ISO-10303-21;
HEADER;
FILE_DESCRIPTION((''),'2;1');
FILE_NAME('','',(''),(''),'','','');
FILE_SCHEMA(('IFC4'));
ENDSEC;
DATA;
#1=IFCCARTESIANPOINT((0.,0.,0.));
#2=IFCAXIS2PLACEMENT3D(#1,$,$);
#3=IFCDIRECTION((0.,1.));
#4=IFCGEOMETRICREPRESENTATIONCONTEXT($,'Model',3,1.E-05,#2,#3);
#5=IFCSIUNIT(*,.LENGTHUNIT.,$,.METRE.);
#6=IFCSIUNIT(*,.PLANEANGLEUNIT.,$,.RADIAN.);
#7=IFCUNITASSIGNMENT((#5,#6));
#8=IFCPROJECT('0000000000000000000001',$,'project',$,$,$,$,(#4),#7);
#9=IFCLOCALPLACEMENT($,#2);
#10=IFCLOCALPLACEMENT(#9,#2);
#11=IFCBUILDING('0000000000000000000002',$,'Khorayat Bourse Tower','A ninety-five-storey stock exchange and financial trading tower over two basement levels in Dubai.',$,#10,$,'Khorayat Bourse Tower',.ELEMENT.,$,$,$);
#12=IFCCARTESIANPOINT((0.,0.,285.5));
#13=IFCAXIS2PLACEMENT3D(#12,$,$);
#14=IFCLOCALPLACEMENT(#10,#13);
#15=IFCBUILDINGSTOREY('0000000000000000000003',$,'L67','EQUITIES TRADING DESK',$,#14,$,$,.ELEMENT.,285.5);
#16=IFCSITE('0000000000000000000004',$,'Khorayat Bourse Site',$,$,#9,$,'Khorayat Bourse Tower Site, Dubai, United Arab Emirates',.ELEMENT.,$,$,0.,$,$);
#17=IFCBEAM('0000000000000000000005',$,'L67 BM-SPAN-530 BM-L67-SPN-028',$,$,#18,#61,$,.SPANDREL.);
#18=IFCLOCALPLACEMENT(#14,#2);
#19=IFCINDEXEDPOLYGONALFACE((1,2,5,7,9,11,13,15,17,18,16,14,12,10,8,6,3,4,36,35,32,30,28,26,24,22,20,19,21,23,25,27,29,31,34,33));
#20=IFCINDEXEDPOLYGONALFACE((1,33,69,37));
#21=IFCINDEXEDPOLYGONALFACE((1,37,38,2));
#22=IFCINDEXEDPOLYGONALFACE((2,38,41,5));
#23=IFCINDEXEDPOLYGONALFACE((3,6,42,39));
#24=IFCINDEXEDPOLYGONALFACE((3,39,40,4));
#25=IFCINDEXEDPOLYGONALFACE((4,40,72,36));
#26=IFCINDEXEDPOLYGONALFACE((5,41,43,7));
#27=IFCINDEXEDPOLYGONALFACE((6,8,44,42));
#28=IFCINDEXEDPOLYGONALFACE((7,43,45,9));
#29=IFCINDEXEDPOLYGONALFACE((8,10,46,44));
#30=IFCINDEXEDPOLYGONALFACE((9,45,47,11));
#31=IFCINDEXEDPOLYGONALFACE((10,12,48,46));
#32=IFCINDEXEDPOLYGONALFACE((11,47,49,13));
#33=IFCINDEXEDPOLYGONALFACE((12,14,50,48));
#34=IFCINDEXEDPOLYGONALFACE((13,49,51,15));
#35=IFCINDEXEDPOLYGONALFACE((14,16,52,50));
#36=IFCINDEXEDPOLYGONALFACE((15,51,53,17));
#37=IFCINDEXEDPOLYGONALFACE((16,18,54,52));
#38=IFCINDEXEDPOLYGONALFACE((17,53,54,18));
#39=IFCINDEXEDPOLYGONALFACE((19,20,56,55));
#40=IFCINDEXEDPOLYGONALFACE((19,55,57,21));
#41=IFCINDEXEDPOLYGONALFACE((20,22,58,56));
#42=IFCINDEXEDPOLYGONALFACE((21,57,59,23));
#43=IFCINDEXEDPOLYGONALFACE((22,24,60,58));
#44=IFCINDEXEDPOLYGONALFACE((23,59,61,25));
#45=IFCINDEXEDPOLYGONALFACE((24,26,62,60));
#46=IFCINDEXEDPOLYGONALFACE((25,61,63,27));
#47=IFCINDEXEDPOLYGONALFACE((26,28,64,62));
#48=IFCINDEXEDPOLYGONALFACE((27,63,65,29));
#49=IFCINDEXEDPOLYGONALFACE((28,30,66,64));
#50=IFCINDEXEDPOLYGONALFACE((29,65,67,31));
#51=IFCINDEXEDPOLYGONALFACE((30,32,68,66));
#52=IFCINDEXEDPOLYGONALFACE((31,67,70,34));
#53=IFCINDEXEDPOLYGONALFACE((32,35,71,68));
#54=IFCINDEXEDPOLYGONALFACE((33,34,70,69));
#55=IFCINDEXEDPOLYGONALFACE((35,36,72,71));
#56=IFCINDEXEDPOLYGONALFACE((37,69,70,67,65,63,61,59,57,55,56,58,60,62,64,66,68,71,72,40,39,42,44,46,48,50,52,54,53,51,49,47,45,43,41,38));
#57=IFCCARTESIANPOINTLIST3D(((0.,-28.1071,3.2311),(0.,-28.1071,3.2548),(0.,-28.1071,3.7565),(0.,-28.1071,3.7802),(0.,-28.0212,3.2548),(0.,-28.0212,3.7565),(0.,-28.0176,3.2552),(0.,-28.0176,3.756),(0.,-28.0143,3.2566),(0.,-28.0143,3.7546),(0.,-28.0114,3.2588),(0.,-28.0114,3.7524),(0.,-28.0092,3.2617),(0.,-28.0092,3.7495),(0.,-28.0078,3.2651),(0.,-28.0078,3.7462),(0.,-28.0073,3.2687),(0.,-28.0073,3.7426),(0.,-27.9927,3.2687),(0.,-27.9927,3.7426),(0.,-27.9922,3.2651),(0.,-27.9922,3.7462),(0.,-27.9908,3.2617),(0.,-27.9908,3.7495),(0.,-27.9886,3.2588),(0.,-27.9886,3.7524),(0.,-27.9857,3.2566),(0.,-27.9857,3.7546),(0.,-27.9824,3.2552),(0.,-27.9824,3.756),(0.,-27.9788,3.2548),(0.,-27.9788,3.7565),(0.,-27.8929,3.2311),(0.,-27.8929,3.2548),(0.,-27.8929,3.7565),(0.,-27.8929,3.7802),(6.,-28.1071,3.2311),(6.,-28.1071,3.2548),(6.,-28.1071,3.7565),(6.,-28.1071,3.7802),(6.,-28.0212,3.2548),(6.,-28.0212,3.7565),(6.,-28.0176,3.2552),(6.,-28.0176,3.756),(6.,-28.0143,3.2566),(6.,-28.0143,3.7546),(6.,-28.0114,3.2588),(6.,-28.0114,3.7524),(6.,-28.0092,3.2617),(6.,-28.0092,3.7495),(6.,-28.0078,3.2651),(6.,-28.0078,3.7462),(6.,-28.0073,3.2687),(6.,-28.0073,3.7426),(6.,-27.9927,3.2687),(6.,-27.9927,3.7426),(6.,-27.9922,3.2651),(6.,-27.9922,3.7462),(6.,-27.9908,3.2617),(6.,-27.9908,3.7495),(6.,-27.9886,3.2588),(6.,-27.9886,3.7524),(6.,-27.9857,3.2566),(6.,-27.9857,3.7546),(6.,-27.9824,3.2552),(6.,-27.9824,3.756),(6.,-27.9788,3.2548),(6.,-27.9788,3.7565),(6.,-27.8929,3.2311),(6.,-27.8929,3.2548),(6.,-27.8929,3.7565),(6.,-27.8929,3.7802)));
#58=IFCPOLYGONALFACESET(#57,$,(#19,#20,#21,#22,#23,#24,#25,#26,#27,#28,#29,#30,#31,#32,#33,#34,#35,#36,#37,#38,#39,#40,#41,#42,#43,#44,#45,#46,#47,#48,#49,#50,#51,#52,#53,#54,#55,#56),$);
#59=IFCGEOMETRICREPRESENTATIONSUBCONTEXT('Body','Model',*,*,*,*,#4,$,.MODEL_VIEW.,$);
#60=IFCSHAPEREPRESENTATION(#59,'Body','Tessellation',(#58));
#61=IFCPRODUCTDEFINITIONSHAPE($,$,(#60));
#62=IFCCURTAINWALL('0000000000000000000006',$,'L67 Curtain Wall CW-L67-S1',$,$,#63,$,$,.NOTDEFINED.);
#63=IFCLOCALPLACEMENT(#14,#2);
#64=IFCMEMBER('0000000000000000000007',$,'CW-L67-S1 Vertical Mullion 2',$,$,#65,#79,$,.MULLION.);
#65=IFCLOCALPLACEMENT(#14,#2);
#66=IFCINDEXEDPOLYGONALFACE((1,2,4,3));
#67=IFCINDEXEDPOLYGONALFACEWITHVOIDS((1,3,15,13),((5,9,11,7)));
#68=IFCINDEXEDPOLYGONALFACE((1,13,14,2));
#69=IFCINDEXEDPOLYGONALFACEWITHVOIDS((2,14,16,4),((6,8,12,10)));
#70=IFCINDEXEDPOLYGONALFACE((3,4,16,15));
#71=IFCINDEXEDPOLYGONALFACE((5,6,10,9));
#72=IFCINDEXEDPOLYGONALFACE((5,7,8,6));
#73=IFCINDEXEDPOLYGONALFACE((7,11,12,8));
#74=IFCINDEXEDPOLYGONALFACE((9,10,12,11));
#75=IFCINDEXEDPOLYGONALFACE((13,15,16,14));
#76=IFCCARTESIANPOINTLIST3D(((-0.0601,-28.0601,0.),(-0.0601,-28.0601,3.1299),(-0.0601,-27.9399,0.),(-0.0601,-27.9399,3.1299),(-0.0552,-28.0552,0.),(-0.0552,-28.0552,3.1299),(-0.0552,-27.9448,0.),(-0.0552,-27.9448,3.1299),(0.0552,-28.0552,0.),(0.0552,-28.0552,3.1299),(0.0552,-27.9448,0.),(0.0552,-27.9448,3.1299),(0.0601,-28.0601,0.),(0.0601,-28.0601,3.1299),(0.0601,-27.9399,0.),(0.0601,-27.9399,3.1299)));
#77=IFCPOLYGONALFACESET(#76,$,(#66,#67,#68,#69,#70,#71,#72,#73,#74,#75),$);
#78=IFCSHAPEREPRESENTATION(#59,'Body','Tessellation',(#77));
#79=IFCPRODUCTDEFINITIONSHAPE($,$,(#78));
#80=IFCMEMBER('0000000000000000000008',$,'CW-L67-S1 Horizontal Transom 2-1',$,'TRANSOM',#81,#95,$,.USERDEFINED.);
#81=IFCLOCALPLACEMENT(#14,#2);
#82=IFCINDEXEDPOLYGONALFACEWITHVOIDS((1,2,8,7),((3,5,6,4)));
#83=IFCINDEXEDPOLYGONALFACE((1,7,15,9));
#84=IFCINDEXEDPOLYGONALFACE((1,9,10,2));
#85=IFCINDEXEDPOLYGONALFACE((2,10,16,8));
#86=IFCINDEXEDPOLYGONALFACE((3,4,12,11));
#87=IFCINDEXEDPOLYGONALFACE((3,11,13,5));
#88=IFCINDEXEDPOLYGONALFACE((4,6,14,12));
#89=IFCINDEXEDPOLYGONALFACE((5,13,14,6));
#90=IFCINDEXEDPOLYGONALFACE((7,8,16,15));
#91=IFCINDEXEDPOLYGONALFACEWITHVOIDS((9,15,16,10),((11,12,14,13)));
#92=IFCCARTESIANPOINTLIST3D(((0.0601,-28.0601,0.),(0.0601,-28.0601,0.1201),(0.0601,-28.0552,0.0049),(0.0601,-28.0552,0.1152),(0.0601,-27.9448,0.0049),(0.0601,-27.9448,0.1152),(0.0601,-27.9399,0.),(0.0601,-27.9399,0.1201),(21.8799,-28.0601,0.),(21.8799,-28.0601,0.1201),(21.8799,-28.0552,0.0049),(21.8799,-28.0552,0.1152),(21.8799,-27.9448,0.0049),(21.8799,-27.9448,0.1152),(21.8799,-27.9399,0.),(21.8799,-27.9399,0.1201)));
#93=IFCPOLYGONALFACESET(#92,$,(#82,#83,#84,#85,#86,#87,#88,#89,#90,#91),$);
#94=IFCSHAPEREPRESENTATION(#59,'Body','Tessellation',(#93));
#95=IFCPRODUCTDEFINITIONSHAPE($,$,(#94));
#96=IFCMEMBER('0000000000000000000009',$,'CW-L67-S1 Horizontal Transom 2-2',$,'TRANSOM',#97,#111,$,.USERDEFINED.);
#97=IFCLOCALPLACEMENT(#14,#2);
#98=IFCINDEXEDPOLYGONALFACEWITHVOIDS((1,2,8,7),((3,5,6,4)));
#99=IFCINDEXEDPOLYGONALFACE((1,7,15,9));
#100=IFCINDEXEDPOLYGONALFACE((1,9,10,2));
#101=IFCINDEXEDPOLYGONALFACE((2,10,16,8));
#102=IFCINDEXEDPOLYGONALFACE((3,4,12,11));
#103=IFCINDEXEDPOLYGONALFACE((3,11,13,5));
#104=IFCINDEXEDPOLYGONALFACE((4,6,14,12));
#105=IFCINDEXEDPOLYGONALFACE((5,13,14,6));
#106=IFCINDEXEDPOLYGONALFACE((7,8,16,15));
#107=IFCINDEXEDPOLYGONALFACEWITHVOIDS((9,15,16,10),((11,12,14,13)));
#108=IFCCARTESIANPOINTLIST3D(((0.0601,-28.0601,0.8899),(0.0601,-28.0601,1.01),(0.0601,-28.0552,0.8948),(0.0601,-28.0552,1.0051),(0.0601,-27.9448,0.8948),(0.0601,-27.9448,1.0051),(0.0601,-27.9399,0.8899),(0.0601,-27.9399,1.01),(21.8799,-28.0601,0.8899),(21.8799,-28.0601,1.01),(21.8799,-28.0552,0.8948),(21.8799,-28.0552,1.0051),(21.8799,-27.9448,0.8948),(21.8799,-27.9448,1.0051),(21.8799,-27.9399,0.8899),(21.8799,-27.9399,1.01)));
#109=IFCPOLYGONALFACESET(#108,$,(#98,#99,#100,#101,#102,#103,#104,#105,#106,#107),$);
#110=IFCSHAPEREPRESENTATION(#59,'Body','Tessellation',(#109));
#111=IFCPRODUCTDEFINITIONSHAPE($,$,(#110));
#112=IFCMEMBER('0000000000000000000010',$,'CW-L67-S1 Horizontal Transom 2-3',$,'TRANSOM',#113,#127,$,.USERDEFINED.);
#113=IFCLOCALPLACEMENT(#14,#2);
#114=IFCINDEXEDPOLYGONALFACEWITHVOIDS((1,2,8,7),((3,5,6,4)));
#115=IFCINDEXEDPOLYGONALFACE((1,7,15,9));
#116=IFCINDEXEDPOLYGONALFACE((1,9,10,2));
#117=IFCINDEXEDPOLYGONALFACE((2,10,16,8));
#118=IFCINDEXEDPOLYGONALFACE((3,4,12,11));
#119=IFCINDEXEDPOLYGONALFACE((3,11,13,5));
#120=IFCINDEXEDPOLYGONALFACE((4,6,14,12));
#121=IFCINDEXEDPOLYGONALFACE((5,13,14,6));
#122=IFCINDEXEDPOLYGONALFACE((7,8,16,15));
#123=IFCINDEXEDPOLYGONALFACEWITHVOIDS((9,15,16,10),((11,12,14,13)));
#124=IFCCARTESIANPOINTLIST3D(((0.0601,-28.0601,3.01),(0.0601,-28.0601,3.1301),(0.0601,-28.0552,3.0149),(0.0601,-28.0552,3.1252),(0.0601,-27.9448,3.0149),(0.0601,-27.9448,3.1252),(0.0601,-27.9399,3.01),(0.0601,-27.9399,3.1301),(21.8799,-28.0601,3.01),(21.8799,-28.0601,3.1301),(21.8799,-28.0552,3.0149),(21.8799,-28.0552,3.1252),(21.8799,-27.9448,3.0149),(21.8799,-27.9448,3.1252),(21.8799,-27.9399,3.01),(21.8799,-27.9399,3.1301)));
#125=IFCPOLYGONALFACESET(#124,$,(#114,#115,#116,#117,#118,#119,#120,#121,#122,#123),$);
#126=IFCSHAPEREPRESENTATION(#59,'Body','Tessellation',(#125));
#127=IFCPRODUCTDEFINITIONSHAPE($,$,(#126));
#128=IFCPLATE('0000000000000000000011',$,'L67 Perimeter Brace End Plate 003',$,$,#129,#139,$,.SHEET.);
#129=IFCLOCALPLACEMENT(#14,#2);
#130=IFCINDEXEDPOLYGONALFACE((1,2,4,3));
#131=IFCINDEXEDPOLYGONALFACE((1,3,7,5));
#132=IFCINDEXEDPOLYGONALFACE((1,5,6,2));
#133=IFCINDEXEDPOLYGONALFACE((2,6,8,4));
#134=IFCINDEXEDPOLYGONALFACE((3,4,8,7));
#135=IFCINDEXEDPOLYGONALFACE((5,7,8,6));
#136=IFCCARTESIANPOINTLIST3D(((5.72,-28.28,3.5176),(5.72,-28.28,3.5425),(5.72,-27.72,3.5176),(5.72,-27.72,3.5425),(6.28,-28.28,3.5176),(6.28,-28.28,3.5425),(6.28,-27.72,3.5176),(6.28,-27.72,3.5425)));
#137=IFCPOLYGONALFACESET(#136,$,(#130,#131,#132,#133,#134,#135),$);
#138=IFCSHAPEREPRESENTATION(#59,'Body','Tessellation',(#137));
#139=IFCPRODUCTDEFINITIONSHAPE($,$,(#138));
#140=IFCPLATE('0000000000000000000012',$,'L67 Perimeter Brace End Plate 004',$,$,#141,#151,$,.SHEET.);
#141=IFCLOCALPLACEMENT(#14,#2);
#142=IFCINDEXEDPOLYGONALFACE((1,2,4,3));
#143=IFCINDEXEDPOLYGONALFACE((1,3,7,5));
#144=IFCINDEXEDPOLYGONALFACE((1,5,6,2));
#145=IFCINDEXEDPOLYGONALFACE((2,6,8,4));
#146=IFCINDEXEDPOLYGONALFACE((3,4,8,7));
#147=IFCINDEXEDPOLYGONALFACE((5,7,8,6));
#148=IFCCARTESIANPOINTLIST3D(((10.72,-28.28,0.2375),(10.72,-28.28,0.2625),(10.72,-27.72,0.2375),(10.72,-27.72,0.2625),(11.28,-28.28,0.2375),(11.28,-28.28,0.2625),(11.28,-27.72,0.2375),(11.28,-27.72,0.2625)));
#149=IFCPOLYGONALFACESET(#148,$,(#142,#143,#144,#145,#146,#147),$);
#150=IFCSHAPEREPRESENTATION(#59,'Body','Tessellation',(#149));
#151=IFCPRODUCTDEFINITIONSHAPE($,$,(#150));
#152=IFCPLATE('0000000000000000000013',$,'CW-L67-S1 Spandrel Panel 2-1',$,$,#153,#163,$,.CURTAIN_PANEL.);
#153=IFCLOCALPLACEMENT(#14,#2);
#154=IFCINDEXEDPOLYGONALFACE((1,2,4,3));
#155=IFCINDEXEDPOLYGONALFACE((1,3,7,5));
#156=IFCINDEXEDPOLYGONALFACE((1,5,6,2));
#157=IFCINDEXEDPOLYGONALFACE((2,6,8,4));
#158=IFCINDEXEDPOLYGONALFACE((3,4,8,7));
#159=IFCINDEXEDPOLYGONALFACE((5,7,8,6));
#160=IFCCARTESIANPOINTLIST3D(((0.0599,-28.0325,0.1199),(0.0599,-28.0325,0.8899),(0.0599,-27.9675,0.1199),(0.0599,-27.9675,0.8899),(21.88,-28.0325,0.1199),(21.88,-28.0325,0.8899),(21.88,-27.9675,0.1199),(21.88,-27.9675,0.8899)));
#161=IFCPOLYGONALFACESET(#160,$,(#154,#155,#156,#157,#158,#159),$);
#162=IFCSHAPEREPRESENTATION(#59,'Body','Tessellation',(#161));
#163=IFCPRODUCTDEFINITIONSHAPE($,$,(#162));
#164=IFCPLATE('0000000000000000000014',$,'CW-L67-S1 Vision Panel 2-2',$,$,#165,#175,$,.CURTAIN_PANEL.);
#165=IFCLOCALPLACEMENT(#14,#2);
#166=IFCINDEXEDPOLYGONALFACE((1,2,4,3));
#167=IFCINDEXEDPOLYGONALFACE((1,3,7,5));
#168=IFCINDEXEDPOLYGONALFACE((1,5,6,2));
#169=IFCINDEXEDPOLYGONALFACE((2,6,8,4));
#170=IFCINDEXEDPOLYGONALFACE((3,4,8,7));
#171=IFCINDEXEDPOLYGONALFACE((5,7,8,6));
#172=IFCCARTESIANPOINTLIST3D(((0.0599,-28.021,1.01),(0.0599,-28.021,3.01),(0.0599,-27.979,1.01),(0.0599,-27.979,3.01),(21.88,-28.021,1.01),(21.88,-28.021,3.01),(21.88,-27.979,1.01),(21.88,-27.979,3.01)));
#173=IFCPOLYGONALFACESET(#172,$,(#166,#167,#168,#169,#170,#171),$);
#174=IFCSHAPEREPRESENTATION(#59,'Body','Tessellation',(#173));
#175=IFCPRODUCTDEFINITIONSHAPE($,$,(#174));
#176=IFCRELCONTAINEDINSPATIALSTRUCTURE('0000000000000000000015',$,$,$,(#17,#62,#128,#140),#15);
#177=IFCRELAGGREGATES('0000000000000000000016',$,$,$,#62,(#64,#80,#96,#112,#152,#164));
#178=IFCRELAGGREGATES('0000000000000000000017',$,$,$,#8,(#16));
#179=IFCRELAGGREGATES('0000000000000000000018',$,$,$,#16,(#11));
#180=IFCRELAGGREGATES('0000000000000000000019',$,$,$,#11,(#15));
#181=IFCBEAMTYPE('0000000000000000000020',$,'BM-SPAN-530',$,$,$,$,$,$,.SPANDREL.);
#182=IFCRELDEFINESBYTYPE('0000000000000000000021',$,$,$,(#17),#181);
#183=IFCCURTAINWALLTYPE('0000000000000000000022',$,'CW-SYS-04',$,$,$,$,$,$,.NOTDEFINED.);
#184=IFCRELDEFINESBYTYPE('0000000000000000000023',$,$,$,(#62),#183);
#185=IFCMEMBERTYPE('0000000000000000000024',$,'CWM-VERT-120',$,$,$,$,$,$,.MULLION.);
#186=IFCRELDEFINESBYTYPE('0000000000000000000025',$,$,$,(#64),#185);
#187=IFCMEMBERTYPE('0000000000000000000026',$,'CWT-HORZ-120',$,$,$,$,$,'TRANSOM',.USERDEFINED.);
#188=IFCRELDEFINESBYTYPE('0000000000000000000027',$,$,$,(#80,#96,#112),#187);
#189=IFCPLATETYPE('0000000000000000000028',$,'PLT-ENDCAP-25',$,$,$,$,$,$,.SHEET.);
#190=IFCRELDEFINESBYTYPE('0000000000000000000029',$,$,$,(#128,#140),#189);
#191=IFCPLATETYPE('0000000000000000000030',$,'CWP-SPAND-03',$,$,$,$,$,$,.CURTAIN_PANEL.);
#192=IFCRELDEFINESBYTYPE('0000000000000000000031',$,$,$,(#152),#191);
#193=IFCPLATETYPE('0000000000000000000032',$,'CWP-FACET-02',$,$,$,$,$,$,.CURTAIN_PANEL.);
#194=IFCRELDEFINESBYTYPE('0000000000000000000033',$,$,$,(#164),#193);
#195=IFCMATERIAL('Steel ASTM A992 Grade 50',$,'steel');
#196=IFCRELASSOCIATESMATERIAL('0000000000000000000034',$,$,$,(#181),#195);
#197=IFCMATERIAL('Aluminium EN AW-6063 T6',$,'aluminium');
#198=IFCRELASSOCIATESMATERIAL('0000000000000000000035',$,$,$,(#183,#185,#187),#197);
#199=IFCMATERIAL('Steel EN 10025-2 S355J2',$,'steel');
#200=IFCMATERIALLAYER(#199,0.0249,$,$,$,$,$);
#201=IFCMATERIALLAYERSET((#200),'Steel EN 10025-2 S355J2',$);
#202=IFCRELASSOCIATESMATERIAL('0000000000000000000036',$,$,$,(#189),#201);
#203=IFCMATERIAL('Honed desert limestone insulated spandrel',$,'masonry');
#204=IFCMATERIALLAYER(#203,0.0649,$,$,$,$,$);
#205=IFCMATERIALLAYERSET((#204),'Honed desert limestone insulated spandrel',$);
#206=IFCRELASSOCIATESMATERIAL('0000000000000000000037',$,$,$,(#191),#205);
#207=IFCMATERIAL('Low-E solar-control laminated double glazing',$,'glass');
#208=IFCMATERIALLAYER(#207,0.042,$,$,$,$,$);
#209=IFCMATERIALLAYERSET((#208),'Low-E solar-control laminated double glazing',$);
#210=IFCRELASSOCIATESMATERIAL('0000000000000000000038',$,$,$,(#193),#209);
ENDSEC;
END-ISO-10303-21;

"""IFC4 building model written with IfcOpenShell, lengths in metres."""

from ifc_helpers import new_model, si_unit, direction, frame, origin, origin_2d, place, context, subcontext, project, spatial, rectangle, hollow_rectangle, i_section, extrude, source, transform, mapped, material, layer, layer_set, material_profile, profile_set, type_object, element, aggregate, save


model = new_model("IFC4")

# Units and contexts
model_context = context("Model", 3, precision=1e-05, world=origin(), true_north=direction((0.0, 1.0)))
body_context = subcontext(model_context, "Body", "Model", "MODEL_VIEW")
ifc_project = project(units=[si_unit("LENGTHUNIT", "METRE"), si_unit("PLANEANGLEUNIT", "RADIAN")], contexts=[model_context])

# Site, building, storey
site_placement = place(None, origin())
site = spatial("IfcSite", under=ifc_project, at=site_placement, Name="Khorayat Bourse Site", LongName="Khorayat Bourse Tower Site, Dubai, United Arab Emirates", CompositionType="ELEMENT", RefElevation=0.0)
building_placement = place(site_placement, origin())
building = spatial("IfcBuilding", under=site, at=building_placement, Name="Khorayat Bourse Tower", Description="A ninety-five-storey stock exchange and financial trading tower over two basement levels in Dubai.", LongName="Khorayat Bourse Tower", CompositionType="ELEMENT")
storey_placement = place(building_placement, frame((0.0, 0.0, 285.5)))
storey = spatial("IfcBuildingStorey", under=building, at=storey_placement, Name="L67", Description="EQUITIES TRADING DESK", CompositionType="ELEMENT", Elevation=285.5)

# Shared definitions
ifc_material_1 = material(Name="Steel ASTM A992 Grade 50", Category="steel")

# Beam
ifc_material_profile_1 = material_profile(ifc_material_1, i_section(OverallWidth=0.2141, OverallDepth=0.5491, WebThickness=0.0146, FlangeThickness=0.0237, FilletRadius=0.0139, at=origin_2d()), Name="W530X138")
ifc_profile_set_1 = profile_set([ifc_material_profile_1], Name="Steel ASTM A992 Grade 50")
beam_type_1 = type_object("IfcBeamType", Name="BM-SPAN-530", PredefinedType="SPANDREL", material=ifc_profile_set_1)
shared_shape_1 = source(origin(), body_context, "Body", "SweptSolid", [
    extrude(i_section(OverallWidth=0.2141, OverallDepth=0.5491, WebThickness=0.0146, FlangeThickness=0.0237, FilletRadius=0.0139, at=origin_2d()), origin(), (0.0, 0.0, 1.0), 6.0),
])
beam_1_placement = place(storey_placement, frame((0.0, -28.0, 3.5056), z_axis=(1.0, 0.0, 0.0), x_axis=(0.0, 1.0, 0.0)))
element("IfcBeam", 1, at=beam_1_placement, inside=storey, type_object=beam_type_1, Name="L67 BM-SPAN-530 BM-L67-SPN-028", PredefinedType="SPANDREL", context=body_context, shape_type="MappedRepresentation", body=[
    mapped(shared_shape_1, transform((0.0, 0.0, 0.0), scale=1.0)),
])

# Curtain wall, members
ifc_material_2 = material(Name="Aluminium EN AW-6063 T6", Category="aluminium")
curtain_wall_type = type_object("IfcCurtainWallType", Name="CW-SYS-04", PredefinedType="NOTDEFINED", material=ifc_material_2)
curtain_wall_placement = place(storey_placement, origin())
curtain_wall = element("IfcCurtainWall", 2, at=curtain_wall_placement, inside=storey, type_object=curtain_wall_type, Name="L67 Curtain Wall CW-L67-S1", PredefinedType="NOTDEFINED")
ifc_material_profile_2 = material_profile(ifc_material_2, hollow_rectangle(XDim=0.1201, YDim=0.1201, WallThickness=0.0049, at=origin_2d()), Name="ALU 120x120x5")
ifc_profile_set_2 = profile_set([ifc_material_profile_2], Name="Aluminium EN AW-6063 T6")
member_type_1 = type_object("IfcMemberType", Name="CWM-VERT-120", PredefinedType="MULLION", material=ifc_profile_set_2)
shared_shape_2 = source(origin(), body_context, "Body", "SweptSolid", [
    extrude(hollow_rectangle(XDim=0.1201, YDim=0.1201, WallThickness=0.0049, at=origin_2d()), origin(), (0.0, 0.0, 1.0), 3.1299),
])
member_1_placement = place(storey_placement, frame((0.0, -28.0, 0.0), z_axis=(0.0, 0.0, 1.0), x_axis=(0.0, 1.0, 0.0)))
member_1 = element("IfcMember", 3, at=member_1_placement, type_object=member_type_1, Name="CW-L67-S1 Vertical Mullion 2", PredefinedType="MULLION", context=body_context, shape_type="MappedRepresentation", body=[
    mapped(shared_shape_2, transform((0.0, 0.0, 0.0), scale=1.0)),
])
ifc_material_profile_3 = material_profile(ifc_material_2, hollow_rectangle(XDim=0.1201, YDim=0.1201, WallThickness=0.0049, at=origin_2d()), Name="ALU 120x120x5")
ifc_profile_set_3 = profile_set([ifc_material_profile_3], Name="Aluminium EN AW-6063 T6")
member_type_2 = type_object("IfcMemberType", Name="CWT-HORZ-120", ElementType="TRANSOM", PredefinedType="USERDEFINED", material=ifc_profile_set_3)
shared_shape_3 = source(origin(), body_context, "Body", "SweptSolid", [
    extrude(hollow_rectangle(XDim=0.1201, YDim=0.1201, WallThickness=0.0049, at=origin_2d()), origin(), (0.0, 0.0, 1.0), 21.8198),
])
member_2_placement = place(storey_placement, frame((0.0601, -28.0, 0.0601), z_axis=(1.0, 0.0, 0.0), x_axis=(0.0, 1.0, 0.0)))
member_2 = element("IfcMember", 4, at=member_2_placement, type_object=member_type_2, Name="CW-L67-S1 Horizontal Transom 2-1", ObjectType="TRANSOM", PredefinedType="USERDEFINED", context=body_context, shape_type="MappedRepresentation", body=[
    mapped(shared_shape_3, transform((0.0, 0.0, 0.0), scale=1.0)),
])
member_3_placement = place(storey_placement, frame((0.0601, -28.0, 0.95), z_axis=(1.0, 0.0, 0.0), x_axis=(0.0, 1.0, 0.0)))
member_3 = element("IfcMember", 5, at=member_3_placement, type_object=member_type_2, Name="CW-L67-S1 Horizontal Transom 2-2", ObjectType="TRANSOM", PredefinedType="USERDEFINED", context=body_context, shape_type="MappedRepresentation", body=[
    mapped(shared_shape_3, transform((0.0, 0.0, 0.0), scale=1.0)),
])
member_4_placement = place(storey_placement, frame((0.0601, -28.0, 3.0701), z_axis=(1.0, 0.0, 0.0), x_axis=(0.0, 1.0, 0.0)))
member_4 = element("IfcMember", 6, at=member_4_placement, type_object=member_type_2, Name="CW-L67-S1 Horizontal Transom 2-3", ObjectType="TRANSOM", PredefinedType="USERDEFINED", context=body_context, shape_type="MappedRepresentation", body=[
    mapped(shared_shape_3, transform((0.0, 0.0, 0.0), scale=1.0)),
])

# Plates
ifc_material_3 = material(Name="Steel EN 10025-2 S355J2", Category="steel")
ifc_layer_1 = layer(ifc_material_3, 0.0249)
ifc_layer_set_1 = layer_set([ifc_layer_1], Name="Steel EN 10025-2 S355J2")
plate_type_1 = type_object("IfcPlateType", Name="PLT-ENDCAP-25", PredefinedType="SHEET", material=ifc_layer_set_1)
shared_shape_4 = source(origin(), body_context, "Body", "SweptSolid", [
    extrude(rectangle(XDim=0.5601, YDim=0.5601, at=origin_2d()), origin(), (0.0, 0.0, 1.0), 0.0249),
])
for number, where, z_axis, x_axis, name in (
    (7, (6.0, -28.0, 3.5176), (0.0, 0.0, 1.0), (1.0, 0.0, 0.0), "L67 Perimeter Brace End Plate 003"),
    (8, (11.0, -28.0, 0.2375), (0.0, 0.0, 1.0), (1.0, 0.0, 0.0), "L67 Perimeter Brace End Plate 004"),
):
    element("IfcPlate", number, at=place(storey_placement, frame(where, z_axis=z_axis, x_axis=x_axis)), inside=storey, type_object=plate_type_1, Name=name, PredefinedType="SHEET", context=body_context, shape_type="MappedRepresentation", body=[
        mapped(shared_shape_4, transform((0.0, 0.0, 0.0), scale=1.0)),
    ])

# Plates
ifc_material_4 = material(Name="Honed desert limestone insulated spandrel", Category="masonry")
ifc_layer_2 = layer(ifc_material_4, 0.0649)
ifc_layer_set_2 = layer_set([ifc_layer_2], Name="Honed desert limestone insulated spandrel")
plate_type_2 = type_object("IfcPlateType", Name="CWP-SPAND-03", PredefinedType="CURTAIN_PANEL", material=ifc_layer_set_2)
shared_shape_5 = source(origin(), body_context, "Body", "SweptSolid", [
    extrude(rectangle(XDim=21.8201, YDim=0.0649, at=origin_2d()), origin(), (0.0, 0.0, 1.0), 0.77),
])
plate_1_placement = place(storey_placement, frame((10.97, -28.0, 0.1199), z_axis=(0.0, 0.0, 1.0), x_axis=(1.0, 0.0, 0.0)))
plate_1 = element("IfcPlate", 9, at=plate_1_placement, type_object=plate_type_2, Name="CW-L67-S1 Spandrel Panel 2-1", PredefinedType="CURTAIN_PANEL", context=body_context, shape_type="MappedRepresentation", body=[
    mapped(shared_shape_5, transform((0.0, 0.0, 0.0), scale=1.0)),
])
ifc_material_5 = material(Name="Low-E solar-control laminated double glazing", Category="glass")
ifc_layer_3 = layer(ifc_material_5, 0.042)
ifc_layer_set_3 = layer_set([ifc_layer_3], Name="Low-E solar-control laminated double glazing")
plate_type_3 = type_object("IfcPlateType", Name="CWP-FACET-02", PredefinedType="CURTAIN_PANEL", material=ifc_layer_set_3)
shared_shape_6 = source(origin(), body_context, "Body", "SweptSolid", [
    extrude(rectangle(XDim=21.8201, YDim=0.042, at=origin_2d()), origin(), (0.0, 0.0, 1.0), 2.0),
])
plate_2_placement = place(storey_placement, frame((10.97, -28.0, 1.01), z_axis=(0.0, 0.0, 1.0), x_axis=(1.0, 0.0, 0.0)))
plate_2 = element("IfcPlate", 10, at=plate_2_placement, type_object=plate_type_3, Name="CW-L67-S1 Vision Panel 2-2", PredefinedType="CURTAIN_PANEL", context=body_context, shape_type="MappedRepresentation", body=[
    mapped(shared_shape_6, transform((0.0, 0.0, 0.0), scale=1.0)),
])
aggregate(curtain_wall, [member_1, member_2, member_3, member_4, plate_1, plate_2])

save(model, "model.ifc")
